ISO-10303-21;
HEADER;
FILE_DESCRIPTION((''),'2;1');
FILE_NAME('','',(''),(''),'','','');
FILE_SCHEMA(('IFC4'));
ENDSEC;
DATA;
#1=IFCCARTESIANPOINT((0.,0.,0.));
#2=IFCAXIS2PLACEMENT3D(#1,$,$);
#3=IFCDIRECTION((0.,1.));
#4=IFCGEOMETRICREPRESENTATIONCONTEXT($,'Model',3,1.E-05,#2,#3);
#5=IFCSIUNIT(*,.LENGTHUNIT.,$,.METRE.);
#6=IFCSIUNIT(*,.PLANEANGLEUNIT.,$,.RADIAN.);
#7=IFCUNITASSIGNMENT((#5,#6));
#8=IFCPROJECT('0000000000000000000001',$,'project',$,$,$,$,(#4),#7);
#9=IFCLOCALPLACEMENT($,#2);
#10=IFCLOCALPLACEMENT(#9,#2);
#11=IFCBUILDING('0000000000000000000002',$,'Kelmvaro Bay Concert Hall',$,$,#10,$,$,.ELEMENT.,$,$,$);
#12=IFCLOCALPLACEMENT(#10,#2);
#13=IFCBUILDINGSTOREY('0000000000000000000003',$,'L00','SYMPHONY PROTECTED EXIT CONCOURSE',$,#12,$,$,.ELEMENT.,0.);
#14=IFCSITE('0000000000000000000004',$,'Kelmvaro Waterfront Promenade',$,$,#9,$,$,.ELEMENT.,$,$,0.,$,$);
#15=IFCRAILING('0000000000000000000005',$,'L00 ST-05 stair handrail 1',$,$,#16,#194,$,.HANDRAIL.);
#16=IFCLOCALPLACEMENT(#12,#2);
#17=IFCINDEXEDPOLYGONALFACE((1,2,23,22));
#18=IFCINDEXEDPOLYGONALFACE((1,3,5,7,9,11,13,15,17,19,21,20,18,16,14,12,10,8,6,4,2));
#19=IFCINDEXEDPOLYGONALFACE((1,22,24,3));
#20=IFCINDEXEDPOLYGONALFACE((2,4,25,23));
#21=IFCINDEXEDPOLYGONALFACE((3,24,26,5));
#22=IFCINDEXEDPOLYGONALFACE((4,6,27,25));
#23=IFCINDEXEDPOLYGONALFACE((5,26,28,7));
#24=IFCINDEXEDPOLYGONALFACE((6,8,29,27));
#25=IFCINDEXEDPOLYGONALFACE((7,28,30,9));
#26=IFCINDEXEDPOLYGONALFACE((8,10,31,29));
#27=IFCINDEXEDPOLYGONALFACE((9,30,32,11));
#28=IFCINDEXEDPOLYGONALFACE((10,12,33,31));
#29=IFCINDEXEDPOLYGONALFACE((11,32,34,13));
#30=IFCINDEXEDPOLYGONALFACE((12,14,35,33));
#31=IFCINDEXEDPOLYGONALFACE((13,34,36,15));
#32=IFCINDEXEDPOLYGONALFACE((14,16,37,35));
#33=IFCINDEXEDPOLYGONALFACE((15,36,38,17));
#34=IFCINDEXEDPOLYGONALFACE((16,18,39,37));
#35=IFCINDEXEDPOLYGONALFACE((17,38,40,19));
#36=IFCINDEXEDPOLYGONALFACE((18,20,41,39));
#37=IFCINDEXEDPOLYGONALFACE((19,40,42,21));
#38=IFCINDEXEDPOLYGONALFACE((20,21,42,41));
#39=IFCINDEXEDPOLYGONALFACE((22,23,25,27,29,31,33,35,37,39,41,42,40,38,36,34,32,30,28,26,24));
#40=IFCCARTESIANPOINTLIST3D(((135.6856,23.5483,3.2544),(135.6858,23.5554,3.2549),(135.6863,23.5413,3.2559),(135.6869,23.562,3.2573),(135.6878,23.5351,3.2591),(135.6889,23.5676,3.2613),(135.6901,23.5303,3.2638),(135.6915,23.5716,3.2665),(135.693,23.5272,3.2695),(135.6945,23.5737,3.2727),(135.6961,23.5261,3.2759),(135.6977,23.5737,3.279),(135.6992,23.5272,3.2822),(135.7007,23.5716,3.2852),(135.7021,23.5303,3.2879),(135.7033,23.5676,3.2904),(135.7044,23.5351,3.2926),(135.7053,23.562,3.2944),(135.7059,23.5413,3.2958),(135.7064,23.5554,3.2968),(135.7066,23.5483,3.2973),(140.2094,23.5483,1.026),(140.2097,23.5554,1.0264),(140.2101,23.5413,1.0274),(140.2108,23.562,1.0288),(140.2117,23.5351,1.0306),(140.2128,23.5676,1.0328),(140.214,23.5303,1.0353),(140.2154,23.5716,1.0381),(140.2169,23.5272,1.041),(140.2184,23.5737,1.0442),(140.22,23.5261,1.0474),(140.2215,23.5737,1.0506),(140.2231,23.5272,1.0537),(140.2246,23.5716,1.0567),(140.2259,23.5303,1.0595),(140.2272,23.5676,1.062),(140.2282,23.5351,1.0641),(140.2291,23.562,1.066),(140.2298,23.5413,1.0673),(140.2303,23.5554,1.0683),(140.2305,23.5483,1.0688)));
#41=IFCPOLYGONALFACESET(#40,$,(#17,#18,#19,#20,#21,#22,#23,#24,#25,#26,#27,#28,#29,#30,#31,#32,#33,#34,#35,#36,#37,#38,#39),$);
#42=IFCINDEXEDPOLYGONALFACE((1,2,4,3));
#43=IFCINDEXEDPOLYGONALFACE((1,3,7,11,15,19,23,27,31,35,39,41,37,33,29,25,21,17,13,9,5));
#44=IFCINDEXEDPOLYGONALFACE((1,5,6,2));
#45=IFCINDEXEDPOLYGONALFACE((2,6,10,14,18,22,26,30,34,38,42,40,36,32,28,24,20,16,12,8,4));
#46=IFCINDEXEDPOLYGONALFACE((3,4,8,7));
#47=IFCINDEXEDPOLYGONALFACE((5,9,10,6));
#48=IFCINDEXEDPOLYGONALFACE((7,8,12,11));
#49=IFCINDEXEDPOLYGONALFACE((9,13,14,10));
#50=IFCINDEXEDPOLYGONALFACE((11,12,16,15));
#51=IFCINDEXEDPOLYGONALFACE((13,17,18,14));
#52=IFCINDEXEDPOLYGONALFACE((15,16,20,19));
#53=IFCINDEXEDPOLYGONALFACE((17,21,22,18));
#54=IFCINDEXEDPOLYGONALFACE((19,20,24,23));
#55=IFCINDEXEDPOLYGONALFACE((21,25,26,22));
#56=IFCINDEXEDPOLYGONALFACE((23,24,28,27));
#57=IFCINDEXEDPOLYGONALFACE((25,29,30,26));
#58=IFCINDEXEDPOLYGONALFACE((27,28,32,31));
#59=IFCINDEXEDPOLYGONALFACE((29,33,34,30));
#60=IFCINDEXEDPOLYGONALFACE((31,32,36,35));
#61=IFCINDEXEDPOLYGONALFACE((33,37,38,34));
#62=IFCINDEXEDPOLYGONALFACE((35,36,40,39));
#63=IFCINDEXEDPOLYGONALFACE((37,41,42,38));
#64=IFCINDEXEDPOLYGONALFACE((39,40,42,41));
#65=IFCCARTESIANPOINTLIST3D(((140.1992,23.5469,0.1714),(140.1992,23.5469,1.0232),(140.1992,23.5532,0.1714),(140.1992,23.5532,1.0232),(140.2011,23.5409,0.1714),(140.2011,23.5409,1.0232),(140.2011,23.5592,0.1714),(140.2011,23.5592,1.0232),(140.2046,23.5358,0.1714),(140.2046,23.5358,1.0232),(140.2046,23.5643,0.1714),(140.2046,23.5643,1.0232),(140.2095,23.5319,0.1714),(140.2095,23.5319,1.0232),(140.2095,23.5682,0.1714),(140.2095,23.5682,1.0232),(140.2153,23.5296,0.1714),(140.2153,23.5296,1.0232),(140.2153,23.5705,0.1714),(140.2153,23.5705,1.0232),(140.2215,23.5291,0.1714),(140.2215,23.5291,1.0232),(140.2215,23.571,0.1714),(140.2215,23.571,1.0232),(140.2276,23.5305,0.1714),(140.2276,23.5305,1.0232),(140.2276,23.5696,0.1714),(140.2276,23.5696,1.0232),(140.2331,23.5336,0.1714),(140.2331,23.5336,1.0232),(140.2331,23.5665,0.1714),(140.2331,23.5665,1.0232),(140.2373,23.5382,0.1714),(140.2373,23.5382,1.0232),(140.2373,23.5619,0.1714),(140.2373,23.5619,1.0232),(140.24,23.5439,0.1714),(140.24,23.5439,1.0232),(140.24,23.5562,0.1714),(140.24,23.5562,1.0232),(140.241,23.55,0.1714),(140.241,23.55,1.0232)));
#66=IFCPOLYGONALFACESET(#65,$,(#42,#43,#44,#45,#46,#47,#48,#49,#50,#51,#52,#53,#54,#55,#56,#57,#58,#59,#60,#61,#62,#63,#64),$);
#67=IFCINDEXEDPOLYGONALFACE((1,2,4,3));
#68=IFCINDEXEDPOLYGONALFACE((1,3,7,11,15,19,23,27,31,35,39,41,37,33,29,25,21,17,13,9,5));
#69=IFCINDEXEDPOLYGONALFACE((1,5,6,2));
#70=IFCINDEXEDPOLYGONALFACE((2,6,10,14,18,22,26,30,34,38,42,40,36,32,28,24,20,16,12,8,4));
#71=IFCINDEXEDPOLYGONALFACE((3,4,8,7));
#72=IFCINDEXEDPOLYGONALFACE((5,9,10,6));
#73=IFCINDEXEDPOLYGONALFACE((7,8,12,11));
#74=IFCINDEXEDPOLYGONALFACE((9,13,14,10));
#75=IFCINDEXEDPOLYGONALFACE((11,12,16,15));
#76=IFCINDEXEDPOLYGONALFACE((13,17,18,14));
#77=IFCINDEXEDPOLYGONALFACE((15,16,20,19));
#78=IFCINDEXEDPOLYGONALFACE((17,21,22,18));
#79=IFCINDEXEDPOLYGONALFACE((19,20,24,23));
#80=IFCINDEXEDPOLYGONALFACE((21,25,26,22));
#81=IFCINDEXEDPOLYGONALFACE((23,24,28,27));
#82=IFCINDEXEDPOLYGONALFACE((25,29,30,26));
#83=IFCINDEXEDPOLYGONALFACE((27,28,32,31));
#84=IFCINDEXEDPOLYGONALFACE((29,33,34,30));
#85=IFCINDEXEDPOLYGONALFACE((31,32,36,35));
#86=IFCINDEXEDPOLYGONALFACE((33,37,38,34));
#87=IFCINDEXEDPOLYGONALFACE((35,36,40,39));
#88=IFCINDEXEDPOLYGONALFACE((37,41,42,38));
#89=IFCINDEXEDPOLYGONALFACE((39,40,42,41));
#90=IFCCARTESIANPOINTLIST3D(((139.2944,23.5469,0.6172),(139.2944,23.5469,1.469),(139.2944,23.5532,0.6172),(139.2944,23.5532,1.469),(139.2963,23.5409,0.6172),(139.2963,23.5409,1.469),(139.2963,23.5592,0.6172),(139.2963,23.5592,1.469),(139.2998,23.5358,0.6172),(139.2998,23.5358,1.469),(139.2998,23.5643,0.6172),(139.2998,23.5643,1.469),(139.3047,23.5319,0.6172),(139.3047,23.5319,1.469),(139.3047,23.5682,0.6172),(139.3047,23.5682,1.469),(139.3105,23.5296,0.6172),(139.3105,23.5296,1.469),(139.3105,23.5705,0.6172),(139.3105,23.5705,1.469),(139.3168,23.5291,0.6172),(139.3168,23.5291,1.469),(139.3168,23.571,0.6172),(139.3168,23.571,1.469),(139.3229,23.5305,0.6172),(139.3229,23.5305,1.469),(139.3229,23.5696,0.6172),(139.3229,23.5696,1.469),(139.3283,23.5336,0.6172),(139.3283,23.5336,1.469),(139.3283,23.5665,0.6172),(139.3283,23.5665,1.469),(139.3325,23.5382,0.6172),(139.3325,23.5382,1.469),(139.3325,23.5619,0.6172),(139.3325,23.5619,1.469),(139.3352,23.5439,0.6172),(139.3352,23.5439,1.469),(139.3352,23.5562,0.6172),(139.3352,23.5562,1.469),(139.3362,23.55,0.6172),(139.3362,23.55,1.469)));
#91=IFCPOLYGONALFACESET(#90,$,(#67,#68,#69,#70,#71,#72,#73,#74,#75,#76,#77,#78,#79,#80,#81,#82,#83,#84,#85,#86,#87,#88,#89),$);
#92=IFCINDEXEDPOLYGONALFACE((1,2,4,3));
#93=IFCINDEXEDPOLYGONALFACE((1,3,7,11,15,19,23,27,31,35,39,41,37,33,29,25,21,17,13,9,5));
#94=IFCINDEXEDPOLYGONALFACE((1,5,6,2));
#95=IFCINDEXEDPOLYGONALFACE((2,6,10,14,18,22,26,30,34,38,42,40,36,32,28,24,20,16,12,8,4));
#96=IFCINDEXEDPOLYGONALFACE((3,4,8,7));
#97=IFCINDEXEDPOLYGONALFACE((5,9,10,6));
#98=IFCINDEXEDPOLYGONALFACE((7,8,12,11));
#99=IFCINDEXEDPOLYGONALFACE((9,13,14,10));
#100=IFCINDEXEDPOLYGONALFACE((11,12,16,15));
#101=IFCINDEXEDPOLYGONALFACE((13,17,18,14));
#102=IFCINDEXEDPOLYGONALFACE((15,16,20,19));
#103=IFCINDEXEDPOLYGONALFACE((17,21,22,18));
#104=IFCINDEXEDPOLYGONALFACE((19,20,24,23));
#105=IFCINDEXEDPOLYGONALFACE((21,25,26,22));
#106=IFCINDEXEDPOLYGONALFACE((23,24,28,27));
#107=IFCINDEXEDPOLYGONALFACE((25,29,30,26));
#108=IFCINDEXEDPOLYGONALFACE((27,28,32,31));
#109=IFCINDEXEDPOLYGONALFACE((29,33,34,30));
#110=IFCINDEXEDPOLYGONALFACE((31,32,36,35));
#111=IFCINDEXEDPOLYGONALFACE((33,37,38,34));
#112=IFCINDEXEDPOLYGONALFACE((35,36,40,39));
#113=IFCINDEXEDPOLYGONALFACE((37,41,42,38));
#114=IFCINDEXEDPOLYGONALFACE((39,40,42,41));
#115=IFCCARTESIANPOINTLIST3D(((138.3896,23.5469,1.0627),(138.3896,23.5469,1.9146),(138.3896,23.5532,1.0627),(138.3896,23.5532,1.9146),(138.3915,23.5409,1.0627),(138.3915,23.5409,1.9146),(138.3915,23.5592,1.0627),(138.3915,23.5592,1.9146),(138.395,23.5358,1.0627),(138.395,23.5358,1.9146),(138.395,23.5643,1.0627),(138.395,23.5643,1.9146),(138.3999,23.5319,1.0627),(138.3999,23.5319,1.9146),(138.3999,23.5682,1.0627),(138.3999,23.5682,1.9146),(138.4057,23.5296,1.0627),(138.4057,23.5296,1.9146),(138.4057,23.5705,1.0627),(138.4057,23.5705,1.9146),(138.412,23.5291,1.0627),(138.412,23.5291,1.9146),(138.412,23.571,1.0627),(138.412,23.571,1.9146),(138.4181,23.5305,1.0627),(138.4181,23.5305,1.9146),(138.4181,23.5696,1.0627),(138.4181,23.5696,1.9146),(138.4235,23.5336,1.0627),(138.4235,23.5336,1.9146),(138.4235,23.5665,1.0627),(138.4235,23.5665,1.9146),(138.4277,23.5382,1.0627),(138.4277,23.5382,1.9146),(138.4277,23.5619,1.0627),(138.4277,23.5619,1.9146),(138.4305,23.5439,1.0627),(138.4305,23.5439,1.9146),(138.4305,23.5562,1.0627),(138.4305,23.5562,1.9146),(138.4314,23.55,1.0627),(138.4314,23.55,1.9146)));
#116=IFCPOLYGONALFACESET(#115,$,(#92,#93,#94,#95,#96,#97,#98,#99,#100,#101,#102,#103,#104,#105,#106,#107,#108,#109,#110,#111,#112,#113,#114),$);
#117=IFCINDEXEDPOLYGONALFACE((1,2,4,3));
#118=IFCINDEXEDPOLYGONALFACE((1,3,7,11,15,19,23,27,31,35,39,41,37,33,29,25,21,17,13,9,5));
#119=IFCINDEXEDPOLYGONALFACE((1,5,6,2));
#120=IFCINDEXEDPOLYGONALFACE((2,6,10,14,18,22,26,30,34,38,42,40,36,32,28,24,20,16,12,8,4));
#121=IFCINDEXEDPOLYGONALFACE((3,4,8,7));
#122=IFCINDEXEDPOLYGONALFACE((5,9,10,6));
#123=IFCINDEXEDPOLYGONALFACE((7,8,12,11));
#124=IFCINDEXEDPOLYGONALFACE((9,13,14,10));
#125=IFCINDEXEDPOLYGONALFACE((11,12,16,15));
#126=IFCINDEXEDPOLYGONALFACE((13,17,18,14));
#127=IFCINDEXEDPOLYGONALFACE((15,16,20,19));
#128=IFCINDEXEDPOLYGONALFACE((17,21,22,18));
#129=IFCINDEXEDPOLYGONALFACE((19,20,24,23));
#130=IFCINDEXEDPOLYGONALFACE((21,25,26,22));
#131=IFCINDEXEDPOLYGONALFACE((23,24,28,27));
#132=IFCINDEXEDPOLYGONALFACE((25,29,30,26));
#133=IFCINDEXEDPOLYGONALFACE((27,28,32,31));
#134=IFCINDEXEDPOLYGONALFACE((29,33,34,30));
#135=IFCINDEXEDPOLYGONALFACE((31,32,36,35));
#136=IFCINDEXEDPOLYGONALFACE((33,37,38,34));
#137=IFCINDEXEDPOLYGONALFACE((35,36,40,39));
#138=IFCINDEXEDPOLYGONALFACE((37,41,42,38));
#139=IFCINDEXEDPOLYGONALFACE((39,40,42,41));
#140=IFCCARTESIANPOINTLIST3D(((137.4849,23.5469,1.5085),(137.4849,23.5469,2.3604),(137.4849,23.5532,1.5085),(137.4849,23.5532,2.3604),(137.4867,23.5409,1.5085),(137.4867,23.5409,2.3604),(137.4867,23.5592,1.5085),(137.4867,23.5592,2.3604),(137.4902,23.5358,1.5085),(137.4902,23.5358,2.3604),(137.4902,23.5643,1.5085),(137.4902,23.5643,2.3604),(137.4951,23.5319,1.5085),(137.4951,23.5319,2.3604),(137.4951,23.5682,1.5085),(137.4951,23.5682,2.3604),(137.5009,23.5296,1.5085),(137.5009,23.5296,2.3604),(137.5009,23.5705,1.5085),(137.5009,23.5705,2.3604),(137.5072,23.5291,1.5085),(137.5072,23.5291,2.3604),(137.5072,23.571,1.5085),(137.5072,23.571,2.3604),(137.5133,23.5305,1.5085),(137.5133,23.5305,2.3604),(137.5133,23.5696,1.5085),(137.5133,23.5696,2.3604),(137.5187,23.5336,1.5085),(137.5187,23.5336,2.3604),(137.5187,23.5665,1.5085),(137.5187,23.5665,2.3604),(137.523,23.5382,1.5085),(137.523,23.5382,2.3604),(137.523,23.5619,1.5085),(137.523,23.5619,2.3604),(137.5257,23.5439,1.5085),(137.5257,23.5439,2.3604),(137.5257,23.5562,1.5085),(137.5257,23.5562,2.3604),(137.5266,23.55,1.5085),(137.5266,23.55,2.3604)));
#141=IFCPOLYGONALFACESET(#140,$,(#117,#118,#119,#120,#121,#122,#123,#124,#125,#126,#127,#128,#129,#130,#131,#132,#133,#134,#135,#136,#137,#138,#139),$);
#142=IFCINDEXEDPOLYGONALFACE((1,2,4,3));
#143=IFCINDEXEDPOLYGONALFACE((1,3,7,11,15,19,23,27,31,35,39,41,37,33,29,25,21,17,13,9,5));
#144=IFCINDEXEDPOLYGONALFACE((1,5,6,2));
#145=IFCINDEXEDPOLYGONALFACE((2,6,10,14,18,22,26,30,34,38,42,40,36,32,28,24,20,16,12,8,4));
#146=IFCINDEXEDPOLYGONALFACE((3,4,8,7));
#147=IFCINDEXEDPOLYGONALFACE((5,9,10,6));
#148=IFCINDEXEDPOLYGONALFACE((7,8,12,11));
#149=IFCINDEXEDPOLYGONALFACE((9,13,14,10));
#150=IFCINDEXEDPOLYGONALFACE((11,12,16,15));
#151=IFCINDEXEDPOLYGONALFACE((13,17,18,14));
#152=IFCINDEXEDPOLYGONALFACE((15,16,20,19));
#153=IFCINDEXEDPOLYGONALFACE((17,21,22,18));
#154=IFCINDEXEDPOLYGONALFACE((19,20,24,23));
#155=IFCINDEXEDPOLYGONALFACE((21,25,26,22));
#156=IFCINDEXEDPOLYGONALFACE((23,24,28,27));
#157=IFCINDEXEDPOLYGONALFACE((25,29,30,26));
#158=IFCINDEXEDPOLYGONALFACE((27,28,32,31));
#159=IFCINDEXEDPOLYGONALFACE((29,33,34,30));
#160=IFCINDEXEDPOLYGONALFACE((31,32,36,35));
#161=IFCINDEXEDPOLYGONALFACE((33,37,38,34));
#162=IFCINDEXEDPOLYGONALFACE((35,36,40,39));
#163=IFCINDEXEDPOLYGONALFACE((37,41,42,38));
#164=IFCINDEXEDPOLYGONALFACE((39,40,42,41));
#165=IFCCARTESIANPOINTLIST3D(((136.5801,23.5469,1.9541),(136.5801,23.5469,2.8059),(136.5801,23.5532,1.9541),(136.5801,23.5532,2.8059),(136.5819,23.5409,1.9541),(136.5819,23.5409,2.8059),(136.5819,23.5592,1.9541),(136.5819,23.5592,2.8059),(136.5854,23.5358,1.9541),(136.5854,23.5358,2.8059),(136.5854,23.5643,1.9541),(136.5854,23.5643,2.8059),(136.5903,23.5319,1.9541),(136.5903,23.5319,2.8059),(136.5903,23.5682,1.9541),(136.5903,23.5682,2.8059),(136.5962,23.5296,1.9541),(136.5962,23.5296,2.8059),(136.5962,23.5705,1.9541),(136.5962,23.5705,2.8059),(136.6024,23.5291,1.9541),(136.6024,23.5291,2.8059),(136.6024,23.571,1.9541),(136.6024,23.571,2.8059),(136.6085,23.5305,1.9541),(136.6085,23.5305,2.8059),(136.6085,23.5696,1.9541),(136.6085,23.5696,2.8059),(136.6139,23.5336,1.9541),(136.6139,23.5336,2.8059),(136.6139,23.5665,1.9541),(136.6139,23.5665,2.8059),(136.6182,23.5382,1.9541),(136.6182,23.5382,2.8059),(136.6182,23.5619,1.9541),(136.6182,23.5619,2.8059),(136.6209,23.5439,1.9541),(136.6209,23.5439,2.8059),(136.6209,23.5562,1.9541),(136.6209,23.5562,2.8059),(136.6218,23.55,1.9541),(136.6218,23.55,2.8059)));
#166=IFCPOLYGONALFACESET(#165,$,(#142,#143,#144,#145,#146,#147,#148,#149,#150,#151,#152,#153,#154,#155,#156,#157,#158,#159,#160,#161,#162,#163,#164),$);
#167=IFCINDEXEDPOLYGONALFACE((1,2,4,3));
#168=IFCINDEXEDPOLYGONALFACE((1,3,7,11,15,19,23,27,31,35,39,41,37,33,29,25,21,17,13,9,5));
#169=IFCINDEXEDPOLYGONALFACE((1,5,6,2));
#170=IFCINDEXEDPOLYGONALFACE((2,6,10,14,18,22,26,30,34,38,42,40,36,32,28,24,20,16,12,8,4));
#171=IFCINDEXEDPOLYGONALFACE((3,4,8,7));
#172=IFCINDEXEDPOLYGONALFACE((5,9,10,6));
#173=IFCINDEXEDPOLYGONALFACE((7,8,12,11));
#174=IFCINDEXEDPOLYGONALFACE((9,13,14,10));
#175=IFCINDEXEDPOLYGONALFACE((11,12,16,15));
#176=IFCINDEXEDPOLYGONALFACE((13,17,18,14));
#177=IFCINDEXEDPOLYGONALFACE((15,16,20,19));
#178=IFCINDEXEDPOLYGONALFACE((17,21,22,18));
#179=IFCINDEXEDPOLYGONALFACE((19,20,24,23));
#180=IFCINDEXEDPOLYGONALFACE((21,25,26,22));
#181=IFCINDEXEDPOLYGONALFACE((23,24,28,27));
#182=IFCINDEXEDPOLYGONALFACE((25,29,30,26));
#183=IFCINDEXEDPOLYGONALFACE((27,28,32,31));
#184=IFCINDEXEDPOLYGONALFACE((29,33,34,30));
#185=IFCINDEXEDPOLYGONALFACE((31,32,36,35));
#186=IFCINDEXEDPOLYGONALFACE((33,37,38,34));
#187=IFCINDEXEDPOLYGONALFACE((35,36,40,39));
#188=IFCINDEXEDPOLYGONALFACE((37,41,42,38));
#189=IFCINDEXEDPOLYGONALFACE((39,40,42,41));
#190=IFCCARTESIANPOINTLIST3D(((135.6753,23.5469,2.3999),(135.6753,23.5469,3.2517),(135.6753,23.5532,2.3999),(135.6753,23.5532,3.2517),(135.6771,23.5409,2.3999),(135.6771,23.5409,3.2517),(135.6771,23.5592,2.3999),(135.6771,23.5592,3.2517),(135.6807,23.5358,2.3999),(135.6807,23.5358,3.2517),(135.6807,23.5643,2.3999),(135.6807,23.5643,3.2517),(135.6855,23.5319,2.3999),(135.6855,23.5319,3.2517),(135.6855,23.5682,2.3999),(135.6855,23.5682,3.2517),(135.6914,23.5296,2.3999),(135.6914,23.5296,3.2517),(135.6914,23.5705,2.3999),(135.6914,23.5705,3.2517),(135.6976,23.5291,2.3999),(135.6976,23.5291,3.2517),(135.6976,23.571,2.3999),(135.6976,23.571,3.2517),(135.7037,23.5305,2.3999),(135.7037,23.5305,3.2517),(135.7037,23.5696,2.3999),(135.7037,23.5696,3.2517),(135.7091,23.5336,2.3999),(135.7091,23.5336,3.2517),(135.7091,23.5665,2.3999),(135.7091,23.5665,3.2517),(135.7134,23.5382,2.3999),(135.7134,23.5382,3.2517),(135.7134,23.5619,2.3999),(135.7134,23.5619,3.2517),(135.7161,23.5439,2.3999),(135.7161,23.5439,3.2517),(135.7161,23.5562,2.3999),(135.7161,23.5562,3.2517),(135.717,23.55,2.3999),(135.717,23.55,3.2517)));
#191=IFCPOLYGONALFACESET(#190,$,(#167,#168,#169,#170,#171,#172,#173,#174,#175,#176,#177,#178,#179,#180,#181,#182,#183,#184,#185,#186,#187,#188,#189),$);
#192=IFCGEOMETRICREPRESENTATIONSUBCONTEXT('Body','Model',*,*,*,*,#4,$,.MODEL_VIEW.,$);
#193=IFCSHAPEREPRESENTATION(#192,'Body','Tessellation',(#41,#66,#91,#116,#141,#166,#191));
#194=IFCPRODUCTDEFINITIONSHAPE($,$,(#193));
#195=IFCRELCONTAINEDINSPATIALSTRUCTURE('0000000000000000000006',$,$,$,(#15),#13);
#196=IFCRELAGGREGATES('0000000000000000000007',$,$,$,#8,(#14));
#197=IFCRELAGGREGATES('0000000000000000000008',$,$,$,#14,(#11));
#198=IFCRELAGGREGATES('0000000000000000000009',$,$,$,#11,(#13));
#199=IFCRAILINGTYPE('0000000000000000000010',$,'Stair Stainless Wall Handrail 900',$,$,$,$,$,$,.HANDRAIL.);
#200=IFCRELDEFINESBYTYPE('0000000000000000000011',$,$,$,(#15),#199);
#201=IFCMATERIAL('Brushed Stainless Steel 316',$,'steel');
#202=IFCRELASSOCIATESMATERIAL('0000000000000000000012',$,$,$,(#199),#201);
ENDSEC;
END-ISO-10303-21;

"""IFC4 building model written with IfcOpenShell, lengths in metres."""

from ifc_helpers import new_model, si_unit, direction, frame, origin, origin_2d, place, context, subcontext, project, spatial, circle, extrude, material, type_object, element, save


model = new_model("IFC4")

# Units and contexts
model_context = context("Model", 3, precision=1e-05, world=origin(), true_north=direction((0.0, 1.0)))
body_context = subcontext(model_context, "Body", "Model", "MODEL_VIEW")
ifc_project = project(units=[si_unit("LENGTHUNIT", "METRE"), si_unit("PLANEANGLEUNIT", "RADIAN")], contexts=[model_context])

# Site, building, storey
site_placement = place(None, origin())
site = spatial("IfcSite", under=ifc_project, at=site_placement, Name="Kelmvaro Waterfront Promenade", CompositionType="ELEMENT", RefElevation=0.0)
building_placement = place(site_placement, origin())
building = spatial("IfcBuilding", under=site, at=building_placement, Name="Kelmvaro Bay Concert Hall", CompositionType="ELEMENT")
storey_placement = place(building_placement, origin())
storey = spatial("IfcBuildingStorey", under=building, at=storey_placement, Name="L00", Description="SYMPHONY PROTECTED EXIT CONCOURSE", CompositionType="ELEMENT", Elevation=0.0)

# Railing
ifc_material_1 = material(Name="Brushed Stainless Steel 316", Category="steel")
railing_type_1 = type_object("IfcRailingType", Name="Stair Stainless Wall Handrail 900", PredefinedType="HANDRAIL", material=ifc_material_1)
railing_1_placement = place(storey_placement, frame((140.22, 23.55, 0.1714)))
element("IfcRailing", 1, at=railing_1_placement, inside=storey, type_object=railing_type_1, Name="L00 ST-05 stair handrail 1", PredefinedType="HANDRAIL", context=body_context, shape_type="SweptSolid", body=[
    extrude(circle(Radius=0.0239, at=origin_2d()), frame((0.0, 0.0, 0.876), z_axis=(-0.897064, 0.0, 0.4419), x_axis=(0.0, -1.0, 0.0)), (0.0, 0.0, 1.0), 5.043),
    extrude(circle(Radius=0.021, at=origin_2d()), origin(), (0.0, 0.0, 1.0), 0.8518),
    extrude(circle(Radius=0.021, at=origin_2d()), frame((-0.9048, 0.0, 0.4458)), (0.0, 0.0, 1.0), 0.8518),
    extrude(circle(Radius=0.021, at=origin_2d()), frame((-1.8096, 0.0, 0.8914)), (0.0, 0.0, 1.0), 0.8518),
    extrude(circle(Radius=0.021, at=origin_2d()), frame((-2.7144, 0.0, 1.3372)), (0.0, 0.0, 1.0), 0.8518),
    extrude(circle(Radius=0.021, at=origin_2d()), frame((-3.6191, 0.0, 1.7827)), (0.0, 0.0, 1.0), 0.8518),
    extrude(circle(Radius=0.021, at=origin_2d()), frame((-4.5239, 0.0, 2.2285)), (0.0, 0.0, 1.0), 0.8518),
])

save(model, "model.ifc")
